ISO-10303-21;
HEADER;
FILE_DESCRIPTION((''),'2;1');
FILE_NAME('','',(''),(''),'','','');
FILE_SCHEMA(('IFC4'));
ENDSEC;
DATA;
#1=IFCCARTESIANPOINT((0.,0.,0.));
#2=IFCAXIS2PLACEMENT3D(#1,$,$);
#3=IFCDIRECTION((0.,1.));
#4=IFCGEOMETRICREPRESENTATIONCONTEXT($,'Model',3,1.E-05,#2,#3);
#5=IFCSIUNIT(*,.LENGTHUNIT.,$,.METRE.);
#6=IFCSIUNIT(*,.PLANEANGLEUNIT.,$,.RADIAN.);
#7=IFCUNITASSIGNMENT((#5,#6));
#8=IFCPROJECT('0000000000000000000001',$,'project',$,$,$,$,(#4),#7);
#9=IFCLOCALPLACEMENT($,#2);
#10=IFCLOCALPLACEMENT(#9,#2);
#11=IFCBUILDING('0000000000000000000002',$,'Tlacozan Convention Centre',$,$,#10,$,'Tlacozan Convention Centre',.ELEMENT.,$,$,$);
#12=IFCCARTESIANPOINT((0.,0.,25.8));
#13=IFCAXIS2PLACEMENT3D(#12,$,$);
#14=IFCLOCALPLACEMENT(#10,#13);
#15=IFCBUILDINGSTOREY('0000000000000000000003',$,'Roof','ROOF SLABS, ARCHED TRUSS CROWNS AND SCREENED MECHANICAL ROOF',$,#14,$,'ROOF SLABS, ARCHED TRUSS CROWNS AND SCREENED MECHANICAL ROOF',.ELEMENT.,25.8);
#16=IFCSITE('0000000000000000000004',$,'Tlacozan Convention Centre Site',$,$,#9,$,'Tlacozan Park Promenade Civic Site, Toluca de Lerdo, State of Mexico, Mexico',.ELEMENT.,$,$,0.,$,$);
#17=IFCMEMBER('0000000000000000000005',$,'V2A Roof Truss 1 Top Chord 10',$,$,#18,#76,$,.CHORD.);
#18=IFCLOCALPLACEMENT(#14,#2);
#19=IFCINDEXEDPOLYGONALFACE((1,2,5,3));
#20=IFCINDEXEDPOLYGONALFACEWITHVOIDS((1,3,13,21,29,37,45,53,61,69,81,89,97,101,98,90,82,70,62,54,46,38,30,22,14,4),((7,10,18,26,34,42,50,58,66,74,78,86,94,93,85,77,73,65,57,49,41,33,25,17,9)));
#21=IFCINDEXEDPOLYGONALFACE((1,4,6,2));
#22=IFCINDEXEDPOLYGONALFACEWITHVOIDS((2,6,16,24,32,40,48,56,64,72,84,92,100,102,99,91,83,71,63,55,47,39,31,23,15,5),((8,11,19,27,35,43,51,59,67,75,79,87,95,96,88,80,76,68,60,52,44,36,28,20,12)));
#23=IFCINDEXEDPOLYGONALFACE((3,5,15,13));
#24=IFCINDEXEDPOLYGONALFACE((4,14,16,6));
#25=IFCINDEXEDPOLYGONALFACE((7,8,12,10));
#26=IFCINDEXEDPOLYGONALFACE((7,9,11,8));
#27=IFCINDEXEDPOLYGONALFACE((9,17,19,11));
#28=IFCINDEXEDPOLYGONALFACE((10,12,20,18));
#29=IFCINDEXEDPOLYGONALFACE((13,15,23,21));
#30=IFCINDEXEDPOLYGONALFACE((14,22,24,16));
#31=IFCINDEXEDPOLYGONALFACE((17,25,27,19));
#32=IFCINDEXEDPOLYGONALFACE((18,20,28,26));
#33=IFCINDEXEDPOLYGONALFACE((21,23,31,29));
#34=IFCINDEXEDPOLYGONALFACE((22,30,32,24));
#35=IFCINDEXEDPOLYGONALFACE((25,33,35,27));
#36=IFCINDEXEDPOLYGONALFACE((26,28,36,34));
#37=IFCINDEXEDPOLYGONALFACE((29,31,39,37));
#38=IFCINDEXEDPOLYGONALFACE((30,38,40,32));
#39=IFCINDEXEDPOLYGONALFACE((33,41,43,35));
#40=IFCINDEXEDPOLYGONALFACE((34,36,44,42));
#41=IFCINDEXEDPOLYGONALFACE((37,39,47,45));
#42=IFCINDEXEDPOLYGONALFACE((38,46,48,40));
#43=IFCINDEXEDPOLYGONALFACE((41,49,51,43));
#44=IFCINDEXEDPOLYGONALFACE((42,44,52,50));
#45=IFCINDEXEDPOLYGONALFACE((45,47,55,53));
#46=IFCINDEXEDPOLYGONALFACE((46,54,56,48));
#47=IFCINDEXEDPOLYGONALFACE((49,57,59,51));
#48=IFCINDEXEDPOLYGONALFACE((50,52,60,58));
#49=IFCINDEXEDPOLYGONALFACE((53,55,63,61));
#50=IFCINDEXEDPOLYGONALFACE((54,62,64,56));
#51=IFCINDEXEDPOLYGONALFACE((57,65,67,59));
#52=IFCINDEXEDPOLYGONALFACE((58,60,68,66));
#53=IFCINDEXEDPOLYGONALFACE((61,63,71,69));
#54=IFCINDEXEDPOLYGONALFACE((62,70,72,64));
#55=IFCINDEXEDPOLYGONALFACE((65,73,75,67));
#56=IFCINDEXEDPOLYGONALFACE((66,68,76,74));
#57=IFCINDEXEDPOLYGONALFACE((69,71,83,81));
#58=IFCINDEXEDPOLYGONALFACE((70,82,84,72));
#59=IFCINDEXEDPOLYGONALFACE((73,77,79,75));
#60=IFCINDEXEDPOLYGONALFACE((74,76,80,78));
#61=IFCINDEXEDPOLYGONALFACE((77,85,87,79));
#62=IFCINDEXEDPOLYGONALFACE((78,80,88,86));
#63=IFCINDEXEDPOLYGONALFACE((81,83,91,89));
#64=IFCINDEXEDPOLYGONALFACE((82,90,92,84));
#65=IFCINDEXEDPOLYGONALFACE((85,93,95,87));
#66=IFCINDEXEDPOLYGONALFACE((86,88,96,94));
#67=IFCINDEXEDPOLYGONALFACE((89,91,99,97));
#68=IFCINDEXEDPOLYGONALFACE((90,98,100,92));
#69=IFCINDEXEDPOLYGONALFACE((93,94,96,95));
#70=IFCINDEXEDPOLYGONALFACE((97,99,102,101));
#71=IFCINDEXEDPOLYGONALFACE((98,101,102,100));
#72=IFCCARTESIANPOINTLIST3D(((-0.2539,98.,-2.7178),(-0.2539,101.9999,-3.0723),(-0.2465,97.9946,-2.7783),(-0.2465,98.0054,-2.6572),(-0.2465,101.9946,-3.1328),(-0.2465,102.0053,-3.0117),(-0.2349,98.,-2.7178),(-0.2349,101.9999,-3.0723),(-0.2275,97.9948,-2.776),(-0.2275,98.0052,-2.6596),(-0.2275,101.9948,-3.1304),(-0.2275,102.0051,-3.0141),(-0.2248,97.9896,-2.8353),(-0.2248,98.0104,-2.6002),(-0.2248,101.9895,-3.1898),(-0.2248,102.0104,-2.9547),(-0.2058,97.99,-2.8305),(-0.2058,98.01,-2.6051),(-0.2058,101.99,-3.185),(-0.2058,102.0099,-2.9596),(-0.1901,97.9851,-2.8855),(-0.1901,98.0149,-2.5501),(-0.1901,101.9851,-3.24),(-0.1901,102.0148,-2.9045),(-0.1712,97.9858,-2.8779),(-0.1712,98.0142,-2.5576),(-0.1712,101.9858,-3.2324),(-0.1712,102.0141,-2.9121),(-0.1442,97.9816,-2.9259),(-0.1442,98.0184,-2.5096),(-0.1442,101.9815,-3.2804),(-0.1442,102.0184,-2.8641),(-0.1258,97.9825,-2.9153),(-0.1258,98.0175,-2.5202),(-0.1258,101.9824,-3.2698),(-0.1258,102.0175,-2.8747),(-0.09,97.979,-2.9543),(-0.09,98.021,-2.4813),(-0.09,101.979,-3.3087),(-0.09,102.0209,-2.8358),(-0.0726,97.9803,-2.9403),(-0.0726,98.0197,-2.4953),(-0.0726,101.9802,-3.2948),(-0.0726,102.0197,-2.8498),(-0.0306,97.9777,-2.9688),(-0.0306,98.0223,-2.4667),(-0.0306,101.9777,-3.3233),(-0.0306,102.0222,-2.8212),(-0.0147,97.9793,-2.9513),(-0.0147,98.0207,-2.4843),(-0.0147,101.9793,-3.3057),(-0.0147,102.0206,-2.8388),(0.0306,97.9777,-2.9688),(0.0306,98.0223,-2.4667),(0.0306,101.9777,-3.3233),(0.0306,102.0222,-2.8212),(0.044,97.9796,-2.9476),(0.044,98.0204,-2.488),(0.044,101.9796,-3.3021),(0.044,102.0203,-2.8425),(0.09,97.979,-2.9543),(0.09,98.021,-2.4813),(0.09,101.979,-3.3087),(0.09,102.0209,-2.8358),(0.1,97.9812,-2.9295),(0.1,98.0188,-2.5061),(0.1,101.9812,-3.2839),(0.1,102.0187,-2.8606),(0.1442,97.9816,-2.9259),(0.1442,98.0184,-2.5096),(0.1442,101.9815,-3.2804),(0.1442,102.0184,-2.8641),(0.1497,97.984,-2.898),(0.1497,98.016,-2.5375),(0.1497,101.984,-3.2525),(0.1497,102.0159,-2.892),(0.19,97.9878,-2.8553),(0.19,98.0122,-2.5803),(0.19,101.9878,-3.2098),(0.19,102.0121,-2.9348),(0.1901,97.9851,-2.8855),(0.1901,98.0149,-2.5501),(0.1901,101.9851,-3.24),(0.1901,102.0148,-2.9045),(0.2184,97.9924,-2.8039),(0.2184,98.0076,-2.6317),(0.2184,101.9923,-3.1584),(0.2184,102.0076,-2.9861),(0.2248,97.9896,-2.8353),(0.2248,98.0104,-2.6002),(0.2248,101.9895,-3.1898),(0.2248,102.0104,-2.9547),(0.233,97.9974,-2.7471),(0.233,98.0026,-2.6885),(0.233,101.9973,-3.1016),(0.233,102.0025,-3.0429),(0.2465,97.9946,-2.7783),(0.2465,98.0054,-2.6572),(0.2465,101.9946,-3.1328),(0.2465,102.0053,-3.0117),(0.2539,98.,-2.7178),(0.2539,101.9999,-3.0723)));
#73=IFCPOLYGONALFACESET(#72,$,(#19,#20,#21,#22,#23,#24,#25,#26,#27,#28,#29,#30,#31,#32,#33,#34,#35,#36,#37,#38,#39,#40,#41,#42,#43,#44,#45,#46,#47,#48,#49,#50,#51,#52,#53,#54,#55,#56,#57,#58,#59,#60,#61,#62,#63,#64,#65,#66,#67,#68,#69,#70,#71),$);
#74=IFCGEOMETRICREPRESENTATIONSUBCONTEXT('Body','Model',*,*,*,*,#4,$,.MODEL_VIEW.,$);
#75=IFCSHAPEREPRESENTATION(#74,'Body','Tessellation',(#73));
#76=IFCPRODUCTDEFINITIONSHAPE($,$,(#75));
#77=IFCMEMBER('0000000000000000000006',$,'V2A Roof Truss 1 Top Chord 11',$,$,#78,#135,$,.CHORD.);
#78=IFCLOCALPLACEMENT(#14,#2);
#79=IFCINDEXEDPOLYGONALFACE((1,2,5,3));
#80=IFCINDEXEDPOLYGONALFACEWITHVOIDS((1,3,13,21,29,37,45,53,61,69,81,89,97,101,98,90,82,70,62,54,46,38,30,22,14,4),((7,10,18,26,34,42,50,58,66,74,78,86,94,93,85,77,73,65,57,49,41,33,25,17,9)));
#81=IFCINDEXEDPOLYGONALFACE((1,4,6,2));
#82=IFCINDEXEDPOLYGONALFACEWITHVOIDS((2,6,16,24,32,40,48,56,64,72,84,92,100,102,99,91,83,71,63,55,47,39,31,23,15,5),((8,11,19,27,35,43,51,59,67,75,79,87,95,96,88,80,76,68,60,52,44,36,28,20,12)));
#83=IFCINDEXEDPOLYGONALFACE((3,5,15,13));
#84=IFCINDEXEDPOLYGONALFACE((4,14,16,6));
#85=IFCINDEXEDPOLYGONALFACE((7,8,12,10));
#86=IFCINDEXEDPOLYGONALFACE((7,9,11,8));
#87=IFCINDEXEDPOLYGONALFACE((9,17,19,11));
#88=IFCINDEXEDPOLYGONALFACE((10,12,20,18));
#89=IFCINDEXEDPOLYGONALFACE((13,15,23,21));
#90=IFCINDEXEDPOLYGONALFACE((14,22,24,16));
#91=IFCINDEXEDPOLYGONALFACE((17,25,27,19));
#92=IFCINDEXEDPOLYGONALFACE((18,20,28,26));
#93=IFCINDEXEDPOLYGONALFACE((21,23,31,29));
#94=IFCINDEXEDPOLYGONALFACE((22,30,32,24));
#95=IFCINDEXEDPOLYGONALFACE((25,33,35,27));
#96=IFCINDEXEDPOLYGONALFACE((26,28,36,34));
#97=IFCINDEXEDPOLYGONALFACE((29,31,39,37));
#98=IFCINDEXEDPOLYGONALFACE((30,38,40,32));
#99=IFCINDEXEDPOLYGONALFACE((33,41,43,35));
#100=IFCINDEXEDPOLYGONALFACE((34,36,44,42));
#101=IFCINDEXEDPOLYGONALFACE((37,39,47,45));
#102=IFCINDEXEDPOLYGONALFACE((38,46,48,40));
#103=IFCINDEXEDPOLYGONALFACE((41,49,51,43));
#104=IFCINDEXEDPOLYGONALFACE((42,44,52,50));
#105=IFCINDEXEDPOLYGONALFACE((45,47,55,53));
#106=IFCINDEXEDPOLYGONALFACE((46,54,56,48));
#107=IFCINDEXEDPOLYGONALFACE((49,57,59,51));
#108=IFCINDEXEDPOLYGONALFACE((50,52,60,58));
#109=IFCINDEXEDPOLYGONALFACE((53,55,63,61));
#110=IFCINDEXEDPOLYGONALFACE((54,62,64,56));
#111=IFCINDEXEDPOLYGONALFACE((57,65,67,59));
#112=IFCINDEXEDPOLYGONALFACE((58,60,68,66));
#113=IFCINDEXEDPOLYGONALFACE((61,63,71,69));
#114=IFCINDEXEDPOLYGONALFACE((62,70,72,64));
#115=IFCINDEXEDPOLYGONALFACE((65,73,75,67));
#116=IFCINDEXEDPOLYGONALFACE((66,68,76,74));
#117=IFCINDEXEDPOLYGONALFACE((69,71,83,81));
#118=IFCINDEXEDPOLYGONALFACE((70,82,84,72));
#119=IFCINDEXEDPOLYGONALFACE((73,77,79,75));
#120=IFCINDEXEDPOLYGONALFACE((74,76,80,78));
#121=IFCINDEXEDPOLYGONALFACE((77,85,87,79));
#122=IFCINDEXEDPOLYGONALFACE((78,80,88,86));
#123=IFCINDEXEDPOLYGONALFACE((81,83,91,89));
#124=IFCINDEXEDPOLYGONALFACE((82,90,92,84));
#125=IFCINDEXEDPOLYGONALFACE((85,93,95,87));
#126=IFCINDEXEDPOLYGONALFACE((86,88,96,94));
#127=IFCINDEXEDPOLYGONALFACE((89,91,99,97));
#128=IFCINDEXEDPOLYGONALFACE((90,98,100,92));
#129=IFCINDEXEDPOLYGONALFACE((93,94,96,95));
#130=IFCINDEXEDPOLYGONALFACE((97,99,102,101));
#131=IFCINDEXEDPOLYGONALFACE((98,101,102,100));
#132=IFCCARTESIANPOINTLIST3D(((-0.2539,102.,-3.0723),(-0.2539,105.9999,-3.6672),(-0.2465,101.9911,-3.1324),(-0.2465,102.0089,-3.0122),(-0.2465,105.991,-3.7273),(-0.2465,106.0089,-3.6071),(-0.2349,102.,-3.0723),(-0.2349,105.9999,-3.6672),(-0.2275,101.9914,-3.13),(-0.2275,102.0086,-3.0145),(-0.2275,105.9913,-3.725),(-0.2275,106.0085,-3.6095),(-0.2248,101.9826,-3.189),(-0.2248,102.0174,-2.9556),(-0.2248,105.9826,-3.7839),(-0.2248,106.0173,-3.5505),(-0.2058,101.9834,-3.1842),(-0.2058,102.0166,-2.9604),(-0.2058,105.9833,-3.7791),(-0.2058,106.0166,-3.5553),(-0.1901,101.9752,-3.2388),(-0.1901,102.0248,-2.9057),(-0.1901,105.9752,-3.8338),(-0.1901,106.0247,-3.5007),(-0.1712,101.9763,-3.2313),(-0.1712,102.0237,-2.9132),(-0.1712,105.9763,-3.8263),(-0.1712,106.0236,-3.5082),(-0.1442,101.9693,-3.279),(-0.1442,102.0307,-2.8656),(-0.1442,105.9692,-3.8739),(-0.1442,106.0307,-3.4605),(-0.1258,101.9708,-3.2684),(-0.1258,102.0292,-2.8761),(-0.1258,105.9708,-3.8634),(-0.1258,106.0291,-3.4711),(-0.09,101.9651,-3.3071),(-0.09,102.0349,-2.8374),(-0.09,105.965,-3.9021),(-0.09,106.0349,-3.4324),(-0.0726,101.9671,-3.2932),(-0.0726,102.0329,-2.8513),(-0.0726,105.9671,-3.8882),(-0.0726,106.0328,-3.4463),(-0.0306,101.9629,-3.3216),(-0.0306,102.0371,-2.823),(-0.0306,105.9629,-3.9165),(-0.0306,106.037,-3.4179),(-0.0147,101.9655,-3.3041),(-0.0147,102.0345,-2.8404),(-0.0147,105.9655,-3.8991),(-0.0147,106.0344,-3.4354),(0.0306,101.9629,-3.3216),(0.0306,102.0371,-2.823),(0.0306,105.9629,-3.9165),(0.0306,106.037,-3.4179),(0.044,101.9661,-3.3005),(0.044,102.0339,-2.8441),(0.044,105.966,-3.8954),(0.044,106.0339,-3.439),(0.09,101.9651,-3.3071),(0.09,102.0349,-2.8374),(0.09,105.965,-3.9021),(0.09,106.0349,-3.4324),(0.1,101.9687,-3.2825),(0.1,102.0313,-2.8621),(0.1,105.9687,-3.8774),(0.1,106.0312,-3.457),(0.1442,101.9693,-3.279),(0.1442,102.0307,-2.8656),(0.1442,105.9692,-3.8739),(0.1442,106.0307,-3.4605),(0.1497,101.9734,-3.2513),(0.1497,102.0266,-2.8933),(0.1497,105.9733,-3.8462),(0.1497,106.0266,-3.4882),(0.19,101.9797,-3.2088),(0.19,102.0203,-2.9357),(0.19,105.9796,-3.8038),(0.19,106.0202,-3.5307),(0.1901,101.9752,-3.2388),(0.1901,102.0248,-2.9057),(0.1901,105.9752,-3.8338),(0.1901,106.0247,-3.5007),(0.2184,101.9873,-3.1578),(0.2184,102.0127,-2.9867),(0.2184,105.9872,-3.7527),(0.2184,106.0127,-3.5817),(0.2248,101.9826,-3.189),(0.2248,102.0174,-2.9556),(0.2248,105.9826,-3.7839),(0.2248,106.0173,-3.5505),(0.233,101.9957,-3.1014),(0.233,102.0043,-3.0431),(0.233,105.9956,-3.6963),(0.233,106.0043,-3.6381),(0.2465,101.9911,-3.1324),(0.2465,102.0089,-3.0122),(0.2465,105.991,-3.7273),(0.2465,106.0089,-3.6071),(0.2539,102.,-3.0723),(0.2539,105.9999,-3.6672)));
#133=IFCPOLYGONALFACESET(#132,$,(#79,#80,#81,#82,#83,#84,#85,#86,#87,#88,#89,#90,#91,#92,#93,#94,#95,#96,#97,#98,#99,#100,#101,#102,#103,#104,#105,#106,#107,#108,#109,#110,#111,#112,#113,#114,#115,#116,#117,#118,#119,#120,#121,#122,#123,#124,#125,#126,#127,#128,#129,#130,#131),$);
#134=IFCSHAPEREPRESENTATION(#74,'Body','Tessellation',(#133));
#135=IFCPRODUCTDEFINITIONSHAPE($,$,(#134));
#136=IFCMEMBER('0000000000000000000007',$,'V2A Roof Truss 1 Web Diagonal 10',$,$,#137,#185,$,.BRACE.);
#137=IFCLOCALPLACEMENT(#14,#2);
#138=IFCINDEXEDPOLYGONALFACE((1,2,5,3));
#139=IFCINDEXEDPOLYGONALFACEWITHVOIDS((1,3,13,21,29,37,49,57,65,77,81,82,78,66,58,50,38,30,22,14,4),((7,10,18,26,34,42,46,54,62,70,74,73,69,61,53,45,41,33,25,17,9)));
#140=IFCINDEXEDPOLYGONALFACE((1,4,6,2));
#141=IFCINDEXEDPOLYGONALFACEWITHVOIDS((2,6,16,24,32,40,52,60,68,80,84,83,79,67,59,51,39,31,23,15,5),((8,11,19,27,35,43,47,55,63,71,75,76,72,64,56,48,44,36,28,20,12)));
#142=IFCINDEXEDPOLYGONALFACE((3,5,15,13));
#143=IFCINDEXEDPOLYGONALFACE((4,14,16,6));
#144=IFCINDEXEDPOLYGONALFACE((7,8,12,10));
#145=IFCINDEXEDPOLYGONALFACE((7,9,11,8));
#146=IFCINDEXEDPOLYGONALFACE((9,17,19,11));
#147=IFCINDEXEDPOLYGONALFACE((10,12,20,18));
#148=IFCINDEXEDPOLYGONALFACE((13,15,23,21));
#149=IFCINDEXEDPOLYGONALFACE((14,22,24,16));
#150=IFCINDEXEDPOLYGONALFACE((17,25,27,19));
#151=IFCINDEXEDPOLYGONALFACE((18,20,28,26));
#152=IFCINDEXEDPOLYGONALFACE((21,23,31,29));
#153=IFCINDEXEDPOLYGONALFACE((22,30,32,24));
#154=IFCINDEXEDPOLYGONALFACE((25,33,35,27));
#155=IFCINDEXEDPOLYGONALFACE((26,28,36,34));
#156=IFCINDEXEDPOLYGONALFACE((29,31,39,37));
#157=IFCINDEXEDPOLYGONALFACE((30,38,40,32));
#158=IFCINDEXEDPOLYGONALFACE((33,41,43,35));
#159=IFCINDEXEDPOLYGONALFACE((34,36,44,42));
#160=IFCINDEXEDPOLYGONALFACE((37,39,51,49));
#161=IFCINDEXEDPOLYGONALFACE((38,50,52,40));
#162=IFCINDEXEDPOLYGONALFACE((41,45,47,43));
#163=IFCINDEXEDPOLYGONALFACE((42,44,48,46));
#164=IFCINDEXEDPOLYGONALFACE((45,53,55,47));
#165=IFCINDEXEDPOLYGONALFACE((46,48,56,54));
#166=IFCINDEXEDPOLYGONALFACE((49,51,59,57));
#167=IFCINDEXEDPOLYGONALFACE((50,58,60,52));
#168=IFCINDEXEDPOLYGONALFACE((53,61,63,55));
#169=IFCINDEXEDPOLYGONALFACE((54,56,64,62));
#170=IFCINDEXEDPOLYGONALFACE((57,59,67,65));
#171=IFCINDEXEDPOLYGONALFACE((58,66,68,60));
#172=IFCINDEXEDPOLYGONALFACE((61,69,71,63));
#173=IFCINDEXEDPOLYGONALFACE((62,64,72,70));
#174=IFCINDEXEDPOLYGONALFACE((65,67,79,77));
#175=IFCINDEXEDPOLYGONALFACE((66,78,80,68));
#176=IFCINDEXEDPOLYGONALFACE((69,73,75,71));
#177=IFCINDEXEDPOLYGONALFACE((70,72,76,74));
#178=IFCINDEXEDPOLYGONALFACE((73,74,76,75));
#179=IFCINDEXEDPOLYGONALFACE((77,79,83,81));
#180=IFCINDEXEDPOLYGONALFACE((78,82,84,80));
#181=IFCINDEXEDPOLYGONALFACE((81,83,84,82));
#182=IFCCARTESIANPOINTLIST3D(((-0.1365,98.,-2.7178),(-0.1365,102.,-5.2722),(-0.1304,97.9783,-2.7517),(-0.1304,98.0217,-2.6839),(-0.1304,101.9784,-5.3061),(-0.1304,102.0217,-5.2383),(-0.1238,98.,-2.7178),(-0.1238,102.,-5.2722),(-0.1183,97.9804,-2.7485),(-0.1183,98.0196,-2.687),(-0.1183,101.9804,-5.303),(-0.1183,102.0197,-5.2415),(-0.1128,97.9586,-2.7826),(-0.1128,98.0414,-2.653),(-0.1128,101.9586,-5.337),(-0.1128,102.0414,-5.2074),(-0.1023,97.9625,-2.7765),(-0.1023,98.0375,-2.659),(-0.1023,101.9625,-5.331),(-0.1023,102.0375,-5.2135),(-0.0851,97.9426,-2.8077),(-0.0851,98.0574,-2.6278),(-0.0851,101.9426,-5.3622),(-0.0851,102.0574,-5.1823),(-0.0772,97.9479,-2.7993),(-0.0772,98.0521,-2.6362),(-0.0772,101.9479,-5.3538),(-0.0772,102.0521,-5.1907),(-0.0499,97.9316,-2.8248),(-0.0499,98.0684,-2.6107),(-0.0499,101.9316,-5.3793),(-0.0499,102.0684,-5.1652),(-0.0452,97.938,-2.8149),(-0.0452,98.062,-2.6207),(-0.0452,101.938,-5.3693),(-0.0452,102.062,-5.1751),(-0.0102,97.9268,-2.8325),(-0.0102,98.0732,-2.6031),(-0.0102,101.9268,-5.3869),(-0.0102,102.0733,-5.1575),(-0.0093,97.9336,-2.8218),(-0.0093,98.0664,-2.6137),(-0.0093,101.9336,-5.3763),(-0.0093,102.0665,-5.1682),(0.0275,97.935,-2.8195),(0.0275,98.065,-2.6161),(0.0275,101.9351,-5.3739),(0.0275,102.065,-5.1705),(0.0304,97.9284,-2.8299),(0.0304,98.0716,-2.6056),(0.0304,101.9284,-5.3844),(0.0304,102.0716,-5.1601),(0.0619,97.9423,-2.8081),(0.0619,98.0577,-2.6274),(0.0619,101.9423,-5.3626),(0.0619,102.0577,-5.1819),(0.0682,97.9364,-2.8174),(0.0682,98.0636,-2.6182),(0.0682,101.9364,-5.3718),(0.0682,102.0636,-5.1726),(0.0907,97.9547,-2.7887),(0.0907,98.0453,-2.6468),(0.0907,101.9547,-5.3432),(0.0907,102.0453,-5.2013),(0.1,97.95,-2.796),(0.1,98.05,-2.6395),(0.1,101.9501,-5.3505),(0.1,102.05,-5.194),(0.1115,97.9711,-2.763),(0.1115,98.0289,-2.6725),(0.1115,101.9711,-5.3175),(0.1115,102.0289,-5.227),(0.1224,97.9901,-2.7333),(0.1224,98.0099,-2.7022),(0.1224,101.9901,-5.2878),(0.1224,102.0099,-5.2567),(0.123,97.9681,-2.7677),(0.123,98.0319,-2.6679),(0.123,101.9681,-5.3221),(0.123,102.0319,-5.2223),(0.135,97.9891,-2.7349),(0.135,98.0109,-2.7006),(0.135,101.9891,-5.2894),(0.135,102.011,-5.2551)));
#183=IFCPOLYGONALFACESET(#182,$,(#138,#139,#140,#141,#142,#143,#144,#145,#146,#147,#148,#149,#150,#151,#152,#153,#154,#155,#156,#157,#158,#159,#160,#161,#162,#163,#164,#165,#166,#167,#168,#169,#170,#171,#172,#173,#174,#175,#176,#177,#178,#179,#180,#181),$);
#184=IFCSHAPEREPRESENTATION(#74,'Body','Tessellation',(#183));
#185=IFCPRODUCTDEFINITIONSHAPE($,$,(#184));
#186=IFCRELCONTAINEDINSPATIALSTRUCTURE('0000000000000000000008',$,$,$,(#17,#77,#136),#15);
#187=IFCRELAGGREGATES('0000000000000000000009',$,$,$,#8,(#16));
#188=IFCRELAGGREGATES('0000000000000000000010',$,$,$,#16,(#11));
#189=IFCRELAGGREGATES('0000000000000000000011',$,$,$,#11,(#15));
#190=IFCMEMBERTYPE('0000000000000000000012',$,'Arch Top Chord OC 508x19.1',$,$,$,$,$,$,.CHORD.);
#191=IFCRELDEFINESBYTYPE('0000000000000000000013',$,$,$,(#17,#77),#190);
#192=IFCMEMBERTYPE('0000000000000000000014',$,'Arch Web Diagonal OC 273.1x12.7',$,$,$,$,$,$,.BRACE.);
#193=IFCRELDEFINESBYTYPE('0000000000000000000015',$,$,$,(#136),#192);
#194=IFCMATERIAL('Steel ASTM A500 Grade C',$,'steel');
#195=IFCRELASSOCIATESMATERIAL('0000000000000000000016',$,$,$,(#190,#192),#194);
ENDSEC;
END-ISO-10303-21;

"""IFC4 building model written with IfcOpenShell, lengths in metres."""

from ifc_helpers import new_model, si_unit, direction, frame, origin, origin_2d, place, context, subcontext, project, spatial, hollow_circle, extrude, material, material_profile, profile_set, type_object, element, save


model = new_model("IFC4")

# Units and contexts
model_context = context("Model", 3, precision=1e-05, world=origin(), true_north=direction((0.0, 1.0)))
body_context = subcontext(model_context, "Body", "Model", "MODEL_VIEW")
ifc_project = project(units=[si_unit("LENGTHUNIT", "METRE"), si_unit("PLANEANGLEUNIT", "RADIAN")], contexts=[model_context])

# Site, building, storey
site_placement = place(None, origin())
site = spatial("IfcSite", under=ifc_project, at=site_placement, Name="Tlacozan Convention Centre Site", LongName="Tlacozan Park Promenade Civic Site, Toluca de Lerdo, State of Mexico, Mexico", CompositionType="ELEMENT", RefElevation=0.0)
building_placement = place(site_placement, origin())
building = spatial("IfcBuilding", under=site, at=building_placement, Name="Tlacozan Convention Centre", LongName="Tlacozan Convention Centre", CompositionType="ELEMENT")
storey_placement = place(building_placement, frame((0.0, 0.0, 25.8)))
storey = spatial("IfcBuildingStorey", under=building, at=storey_placement, Name="Roof", Description="ROOF SLABS, ARCHED TRUSS CROWNS AND SCREENED MECHANICAL ROOF", LongName="ROOF SLABS, ARCHED TRUSS CROWNS AND SCREENED MECHANICAL ROOF", CompositionType="ELEMENT", Elevation=25.8)

# Members
ifc_material_1 = material(Name="Steel ASTM A500 Grade C", Category="steel")
ifc_material_profile_1 = material_profile(ifc_material_1, hollow_circle(Radius=0.2539, WallThickness=0.019, at=origin_2d()), Name="OC 508.0x19.1")
ifc_profile_set_1 = profile_set([ifc_material_profile_1], Name="Steel ASTM A500 Grade C")
member_type_1 = type_object("IfcMemberType", Name="Arch Top Chord OC 508x19.1", PredefinedType="CHORD", material=ifc_profile_set_1)
member_1_placement = place(storey_placement, frame((0.0, 98.0, -2.7178), z_axis=(0.0, 0.996096, -0.088277), x_axis=(-1.0, 0.0, 0.0)))
element("IfcMember", 1, at=member_1_placement, inside=storey, type_object=member_type_1, Name="V2A Roof Truss 1 Top Chord 10", PredefinedType="CHORD", context=body_context, shape_type="SweptSolid", body=[
    extrude(hollow_circle(Radius=0.2539, WallThickness=0.019, at=origin_2d()), origin(), (0.0, 0.0, 1.0), 4.0156),
])
member_2_placement = place(storey_placement, frame((0.0, 102.0, -3.0723), z_axis=(0.0, 0.989118, -0.147124), x_axis=(-1.0, 0.0, 0.0)))
element("IfcMember", 2, at=member_2_placement, inside=storey, type_object=member_type_1, Name="V2A Roof Truss 1 Top Chord 11", PredefinedType="CHORD", context=body_context, shape_type="SweptSolid", body=[
    extrude(hollow_circle(Radius=0.2539, WallThickness=0.019, at=origin_2d()), origin(), (0.0, 0.0, 1.0), 4.0439),
])
ifc_material_profile_2 = material_profile(ifc_material_1, hollow_circle(Radius=0.1365, WallThickness=0.0127, at=origin_2d()), Name="OC 273.1x12.7")
ifc_profile_set_2 = profile_set([ifc_material_profile_2], Name="Steel ASTM A500 Grade C")
member_type_2 = type_object("IfcMemberType", Name="Arch Web Diagonal OC 273.1x12.7", PredefinedType="BRACE", material=ifc_profile_set_2)
member_3_placement = place(storey_placement, frame((0.0, 98.0, -2.7178), z_axis=(0.0, 0.842803, -0.538223), x_axis=(-1.0, 0.0, 0.0)))
element("IfcMember", 3, at=member_3_placement, inside=storey, type_object=member_type_2, Name="V2A Roof Truss 1 Web Diagonal 10", PredefinedType="BRACE", context=body_context, shape_type="SweptSolid", body=[
    extrude(hollow_circle(Radius=0.1365, WallThickness=0.0127, at=origin_2d()), origin(), (0.0, 0.0, 1.0), 4.7461),
])

save(model, "model.ifc")
